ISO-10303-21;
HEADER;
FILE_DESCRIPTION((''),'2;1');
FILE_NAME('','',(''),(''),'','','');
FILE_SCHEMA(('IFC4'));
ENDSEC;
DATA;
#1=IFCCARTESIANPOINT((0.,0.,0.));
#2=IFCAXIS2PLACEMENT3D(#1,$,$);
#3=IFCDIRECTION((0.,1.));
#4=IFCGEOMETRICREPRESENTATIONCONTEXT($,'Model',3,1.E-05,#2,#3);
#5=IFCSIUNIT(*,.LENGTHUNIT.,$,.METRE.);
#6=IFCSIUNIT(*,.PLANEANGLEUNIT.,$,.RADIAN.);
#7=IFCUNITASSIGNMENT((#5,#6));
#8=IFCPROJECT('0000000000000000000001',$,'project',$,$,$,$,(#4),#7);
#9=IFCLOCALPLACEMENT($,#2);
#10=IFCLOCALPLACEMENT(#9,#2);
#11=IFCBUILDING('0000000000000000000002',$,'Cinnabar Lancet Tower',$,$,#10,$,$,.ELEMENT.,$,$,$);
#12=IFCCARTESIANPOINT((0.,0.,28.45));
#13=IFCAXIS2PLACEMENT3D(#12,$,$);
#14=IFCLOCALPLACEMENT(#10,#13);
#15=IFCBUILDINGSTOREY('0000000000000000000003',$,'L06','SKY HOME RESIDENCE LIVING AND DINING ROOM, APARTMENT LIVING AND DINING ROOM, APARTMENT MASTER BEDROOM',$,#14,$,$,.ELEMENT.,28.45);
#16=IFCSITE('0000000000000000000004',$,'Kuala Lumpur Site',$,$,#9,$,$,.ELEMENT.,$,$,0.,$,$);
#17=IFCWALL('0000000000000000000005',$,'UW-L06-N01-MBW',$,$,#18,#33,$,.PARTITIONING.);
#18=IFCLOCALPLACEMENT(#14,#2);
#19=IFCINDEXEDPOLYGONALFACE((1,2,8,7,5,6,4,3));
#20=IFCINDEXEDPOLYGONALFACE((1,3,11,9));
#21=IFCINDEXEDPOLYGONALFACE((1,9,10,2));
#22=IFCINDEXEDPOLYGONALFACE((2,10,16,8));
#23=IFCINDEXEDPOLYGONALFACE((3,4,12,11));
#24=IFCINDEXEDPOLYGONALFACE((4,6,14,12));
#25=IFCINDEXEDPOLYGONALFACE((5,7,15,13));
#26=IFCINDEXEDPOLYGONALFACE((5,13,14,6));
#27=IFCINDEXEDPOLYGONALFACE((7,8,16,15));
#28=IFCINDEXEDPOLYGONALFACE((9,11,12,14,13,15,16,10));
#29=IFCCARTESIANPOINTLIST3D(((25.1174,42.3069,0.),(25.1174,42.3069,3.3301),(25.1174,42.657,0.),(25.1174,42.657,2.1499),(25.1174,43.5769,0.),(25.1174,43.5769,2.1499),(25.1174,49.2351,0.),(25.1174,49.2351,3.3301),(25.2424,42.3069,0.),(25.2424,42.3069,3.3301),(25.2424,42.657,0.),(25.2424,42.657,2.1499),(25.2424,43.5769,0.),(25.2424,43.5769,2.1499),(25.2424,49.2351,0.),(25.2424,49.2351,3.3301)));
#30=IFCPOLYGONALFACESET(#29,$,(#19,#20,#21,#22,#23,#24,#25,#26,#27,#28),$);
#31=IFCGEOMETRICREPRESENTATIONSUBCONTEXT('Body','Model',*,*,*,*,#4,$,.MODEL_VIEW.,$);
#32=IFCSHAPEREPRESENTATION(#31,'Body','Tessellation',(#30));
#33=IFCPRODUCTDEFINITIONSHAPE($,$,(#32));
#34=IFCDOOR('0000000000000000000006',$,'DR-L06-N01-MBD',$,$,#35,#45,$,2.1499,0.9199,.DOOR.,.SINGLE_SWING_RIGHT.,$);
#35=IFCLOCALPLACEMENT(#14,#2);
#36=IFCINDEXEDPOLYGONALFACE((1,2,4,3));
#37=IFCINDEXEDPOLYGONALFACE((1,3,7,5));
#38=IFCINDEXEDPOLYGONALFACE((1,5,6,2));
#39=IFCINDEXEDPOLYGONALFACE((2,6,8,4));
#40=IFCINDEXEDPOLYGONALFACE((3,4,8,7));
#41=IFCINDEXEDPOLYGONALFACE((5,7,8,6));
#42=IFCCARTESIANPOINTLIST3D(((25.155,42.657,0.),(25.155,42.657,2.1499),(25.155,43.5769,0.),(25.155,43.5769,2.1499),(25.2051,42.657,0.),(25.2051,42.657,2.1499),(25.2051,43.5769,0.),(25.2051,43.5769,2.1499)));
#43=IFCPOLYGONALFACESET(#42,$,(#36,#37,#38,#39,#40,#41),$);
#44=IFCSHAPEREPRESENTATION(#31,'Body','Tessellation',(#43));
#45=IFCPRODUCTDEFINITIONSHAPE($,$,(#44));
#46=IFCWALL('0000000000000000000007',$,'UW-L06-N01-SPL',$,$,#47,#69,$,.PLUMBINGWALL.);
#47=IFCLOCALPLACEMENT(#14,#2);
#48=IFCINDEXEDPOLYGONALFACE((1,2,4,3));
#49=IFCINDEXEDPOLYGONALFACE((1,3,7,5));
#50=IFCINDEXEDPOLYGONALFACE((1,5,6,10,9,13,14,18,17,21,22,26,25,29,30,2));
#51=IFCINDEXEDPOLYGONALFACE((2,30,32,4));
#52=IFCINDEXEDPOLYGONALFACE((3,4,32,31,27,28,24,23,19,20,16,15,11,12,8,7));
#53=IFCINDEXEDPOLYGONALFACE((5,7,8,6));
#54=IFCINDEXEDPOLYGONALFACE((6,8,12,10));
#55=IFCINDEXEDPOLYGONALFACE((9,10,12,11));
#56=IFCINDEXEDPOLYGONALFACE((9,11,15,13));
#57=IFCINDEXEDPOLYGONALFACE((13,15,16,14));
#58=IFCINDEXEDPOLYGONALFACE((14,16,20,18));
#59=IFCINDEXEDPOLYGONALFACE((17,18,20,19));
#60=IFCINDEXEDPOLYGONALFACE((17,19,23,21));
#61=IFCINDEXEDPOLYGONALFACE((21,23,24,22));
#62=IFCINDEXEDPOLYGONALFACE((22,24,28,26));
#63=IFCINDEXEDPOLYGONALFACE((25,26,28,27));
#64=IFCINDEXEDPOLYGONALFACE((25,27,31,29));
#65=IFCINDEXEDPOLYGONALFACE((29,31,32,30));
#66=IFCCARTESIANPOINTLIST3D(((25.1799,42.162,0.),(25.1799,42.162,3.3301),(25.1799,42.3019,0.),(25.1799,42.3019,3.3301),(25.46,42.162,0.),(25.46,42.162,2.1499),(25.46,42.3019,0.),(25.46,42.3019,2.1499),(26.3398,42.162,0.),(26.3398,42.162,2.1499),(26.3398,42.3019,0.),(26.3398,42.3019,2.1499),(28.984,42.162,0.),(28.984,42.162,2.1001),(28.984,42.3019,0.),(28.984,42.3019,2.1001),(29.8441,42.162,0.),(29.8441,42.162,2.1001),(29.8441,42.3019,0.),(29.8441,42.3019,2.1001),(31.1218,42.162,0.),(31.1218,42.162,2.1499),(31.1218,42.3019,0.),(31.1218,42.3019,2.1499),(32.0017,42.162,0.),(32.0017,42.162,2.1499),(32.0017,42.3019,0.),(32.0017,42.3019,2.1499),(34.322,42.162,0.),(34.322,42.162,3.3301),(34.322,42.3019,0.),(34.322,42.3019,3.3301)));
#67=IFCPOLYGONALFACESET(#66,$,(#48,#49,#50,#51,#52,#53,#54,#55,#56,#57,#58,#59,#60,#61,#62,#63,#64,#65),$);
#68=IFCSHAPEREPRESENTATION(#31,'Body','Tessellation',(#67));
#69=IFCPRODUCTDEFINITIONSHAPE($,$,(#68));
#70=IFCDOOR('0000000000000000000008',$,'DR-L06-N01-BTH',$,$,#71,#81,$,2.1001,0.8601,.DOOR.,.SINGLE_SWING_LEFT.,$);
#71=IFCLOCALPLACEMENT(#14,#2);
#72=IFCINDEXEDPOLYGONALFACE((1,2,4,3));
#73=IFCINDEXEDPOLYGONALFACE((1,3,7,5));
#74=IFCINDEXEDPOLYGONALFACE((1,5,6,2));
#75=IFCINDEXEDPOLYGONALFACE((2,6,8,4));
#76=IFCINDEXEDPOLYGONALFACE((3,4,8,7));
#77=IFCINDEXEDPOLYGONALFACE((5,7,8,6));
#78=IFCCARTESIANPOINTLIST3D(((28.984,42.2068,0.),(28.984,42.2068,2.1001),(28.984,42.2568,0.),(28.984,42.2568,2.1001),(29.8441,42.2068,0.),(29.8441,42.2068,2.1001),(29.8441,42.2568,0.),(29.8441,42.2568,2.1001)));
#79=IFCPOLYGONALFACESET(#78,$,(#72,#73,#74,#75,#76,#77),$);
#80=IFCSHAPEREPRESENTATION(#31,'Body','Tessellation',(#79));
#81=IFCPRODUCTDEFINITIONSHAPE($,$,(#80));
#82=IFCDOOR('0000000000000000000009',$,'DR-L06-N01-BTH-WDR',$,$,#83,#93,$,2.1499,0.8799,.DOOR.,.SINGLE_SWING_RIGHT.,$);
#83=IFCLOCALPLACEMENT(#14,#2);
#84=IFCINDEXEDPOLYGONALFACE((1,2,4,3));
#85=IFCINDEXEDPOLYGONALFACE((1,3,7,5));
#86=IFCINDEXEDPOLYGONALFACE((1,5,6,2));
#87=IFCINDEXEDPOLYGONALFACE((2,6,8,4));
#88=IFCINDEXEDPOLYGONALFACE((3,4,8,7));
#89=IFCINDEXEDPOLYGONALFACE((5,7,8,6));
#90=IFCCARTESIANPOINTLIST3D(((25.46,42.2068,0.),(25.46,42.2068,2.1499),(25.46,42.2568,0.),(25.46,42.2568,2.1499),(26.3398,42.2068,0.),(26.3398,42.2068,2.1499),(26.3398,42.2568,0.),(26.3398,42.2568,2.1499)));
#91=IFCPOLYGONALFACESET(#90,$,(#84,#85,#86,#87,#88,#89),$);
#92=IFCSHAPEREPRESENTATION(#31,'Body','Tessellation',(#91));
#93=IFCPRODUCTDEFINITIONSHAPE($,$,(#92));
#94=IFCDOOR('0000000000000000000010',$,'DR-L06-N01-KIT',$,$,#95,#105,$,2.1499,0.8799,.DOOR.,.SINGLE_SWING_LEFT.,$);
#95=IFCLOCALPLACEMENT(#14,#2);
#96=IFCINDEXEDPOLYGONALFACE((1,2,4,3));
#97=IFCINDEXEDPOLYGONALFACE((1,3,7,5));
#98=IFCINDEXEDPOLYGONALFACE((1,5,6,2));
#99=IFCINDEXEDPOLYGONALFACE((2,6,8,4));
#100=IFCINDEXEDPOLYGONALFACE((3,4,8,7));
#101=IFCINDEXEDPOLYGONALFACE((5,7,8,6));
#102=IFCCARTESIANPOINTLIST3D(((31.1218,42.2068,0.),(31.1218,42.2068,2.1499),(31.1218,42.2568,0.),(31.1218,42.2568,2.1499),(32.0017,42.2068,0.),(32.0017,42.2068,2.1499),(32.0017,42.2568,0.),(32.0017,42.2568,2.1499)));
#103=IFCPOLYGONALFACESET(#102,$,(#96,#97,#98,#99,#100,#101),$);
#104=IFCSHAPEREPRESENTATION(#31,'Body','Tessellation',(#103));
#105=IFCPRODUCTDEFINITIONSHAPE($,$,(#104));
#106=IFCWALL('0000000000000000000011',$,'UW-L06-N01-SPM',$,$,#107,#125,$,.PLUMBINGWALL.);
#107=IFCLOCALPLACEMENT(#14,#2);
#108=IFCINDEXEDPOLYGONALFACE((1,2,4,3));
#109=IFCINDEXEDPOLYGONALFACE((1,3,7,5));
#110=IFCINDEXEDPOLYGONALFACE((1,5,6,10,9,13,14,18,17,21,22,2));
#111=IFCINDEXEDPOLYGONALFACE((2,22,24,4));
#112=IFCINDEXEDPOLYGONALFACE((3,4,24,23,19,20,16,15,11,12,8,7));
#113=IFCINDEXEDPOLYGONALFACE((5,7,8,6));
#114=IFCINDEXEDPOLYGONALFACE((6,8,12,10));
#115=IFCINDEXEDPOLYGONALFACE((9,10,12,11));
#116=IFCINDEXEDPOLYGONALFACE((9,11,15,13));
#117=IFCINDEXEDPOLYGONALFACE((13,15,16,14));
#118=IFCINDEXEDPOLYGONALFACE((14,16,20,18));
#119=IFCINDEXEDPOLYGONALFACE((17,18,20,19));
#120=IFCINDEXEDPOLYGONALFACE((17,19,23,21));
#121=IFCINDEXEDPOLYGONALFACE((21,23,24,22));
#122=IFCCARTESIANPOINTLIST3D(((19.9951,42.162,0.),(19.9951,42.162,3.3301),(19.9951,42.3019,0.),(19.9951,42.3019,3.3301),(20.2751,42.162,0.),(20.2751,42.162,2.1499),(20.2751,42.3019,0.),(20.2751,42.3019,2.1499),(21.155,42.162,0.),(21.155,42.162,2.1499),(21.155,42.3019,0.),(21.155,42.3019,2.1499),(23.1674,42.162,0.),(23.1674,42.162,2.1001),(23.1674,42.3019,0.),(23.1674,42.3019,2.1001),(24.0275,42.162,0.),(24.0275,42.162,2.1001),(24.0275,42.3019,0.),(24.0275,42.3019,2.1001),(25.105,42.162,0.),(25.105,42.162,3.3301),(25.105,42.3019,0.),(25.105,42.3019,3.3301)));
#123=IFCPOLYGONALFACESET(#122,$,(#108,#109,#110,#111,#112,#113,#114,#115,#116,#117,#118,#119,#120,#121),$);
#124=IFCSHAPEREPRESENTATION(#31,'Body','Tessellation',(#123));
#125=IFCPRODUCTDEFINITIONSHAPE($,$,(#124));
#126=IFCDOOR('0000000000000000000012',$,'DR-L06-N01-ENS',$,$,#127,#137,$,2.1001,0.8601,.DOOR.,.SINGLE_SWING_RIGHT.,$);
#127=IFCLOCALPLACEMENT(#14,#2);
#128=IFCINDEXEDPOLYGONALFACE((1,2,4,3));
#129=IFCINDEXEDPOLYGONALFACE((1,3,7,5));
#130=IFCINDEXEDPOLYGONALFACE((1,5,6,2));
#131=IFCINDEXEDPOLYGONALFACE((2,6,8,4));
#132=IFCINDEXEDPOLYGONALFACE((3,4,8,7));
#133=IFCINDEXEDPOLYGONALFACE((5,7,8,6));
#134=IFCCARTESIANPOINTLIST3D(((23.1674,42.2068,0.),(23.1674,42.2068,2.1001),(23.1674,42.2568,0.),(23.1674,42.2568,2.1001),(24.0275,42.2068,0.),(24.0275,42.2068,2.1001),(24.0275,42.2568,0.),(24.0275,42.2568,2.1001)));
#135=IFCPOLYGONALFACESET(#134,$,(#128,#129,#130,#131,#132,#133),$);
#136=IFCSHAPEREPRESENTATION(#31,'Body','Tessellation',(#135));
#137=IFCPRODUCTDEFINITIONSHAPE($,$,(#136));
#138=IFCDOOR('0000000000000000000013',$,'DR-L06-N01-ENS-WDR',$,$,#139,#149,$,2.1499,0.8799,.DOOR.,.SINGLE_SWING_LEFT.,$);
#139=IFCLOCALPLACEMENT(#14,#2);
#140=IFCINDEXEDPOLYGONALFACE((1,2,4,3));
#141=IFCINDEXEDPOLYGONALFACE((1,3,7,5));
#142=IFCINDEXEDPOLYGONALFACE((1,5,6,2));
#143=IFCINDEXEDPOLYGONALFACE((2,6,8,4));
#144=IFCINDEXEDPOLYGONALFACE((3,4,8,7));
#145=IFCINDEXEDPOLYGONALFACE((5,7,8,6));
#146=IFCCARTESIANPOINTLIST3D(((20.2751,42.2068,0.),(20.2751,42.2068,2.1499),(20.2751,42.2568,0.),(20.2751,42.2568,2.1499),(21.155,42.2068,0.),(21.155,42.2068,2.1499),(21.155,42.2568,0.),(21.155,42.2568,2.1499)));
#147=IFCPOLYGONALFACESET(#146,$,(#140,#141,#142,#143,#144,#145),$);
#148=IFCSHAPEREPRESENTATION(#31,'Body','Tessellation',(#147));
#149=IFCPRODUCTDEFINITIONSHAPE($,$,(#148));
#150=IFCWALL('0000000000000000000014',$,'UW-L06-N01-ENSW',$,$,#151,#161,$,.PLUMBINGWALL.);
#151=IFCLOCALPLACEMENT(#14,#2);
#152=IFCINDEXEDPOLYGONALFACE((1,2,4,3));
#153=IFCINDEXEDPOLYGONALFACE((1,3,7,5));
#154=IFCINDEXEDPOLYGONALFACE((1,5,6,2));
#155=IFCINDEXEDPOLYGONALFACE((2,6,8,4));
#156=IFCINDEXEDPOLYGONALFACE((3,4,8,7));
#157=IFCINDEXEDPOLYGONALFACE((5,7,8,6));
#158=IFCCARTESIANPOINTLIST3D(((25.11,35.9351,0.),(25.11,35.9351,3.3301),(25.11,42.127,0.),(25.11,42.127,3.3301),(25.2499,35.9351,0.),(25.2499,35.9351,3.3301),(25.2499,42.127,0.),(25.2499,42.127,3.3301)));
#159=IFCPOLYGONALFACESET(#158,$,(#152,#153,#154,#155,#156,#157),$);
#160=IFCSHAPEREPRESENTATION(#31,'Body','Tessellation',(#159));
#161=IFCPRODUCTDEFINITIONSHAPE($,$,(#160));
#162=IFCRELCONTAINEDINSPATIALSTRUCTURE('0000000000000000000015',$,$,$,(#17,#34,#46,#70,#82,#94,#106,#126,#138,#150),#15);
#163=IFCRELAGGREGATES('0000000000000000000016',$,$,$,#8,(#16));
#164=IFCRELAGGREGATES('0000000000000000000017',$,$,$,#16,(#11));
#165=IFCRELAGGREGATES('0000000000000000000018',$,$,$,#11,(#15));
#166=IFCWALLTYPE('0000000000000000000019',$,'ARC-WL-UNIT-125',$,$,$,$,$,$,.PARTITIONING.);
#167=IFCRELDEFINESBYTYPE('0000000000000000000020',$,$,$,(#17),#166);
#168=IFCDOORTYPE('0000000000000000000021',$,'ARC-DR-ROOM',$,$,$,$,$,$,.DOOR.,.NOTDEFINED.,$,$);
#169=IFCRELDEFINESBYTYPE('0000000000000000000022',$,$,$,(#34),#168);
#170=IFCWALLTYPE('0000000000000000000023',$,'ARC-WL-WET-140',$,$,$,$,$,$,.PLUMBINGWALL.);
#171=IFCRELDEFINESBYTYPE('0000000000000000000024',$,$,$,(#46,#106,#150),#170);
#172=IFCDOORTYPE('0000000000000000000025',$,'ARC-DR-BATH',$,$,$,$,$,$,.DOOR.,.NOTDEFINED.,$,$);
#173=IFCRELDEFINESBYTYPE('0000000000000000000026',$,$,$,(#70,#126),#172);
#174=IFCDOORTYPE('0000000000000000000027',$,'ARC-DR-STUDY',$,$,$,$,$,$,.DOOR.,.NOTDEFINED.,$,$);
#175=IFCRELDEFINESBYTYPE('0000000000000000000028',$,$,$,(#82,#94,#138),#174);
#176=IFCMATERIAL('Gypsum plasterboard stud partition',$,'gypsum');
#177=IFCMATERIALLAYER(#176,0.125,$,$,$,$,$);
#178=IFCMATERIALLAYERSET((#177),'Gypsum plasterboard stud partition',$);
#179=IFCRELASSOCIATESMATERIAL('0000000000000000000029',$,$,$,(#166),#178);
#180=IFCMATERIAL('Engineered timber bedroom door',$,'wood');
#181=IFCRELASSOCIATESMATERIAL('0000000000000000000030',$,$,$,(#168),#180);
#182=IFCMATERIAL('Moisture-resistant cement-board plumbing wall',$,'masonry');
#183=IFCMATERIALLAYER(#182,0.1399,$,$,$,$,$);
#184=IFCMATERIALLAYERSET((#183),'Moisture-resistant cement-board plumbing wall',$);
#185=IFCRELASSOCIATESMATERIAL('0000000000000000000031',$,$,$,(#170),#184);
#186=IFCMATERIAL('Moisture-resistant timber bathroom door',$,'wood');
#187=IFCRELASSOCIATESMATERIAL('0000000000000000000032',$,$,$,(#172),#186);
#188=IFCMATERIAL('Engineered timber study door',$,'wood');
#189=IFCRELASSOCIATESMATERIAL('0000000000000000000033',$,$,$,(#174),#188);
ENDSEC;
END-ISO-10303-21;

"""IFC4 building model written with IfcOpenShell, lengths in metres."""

from ifc_helpers import new_model, si_unit, direction, frame, frame_2d, origin, place, context, subcontext, project, spatial, rectangle, extrude, material, layer, layer_set, type_object, element, fill, save


model = new_model("IFC4")

# Units and contexts
model_context = context("Model", 3, precision=1e-05, world=origin(), true_north=direction((0.0, 1.0)))
body_context = subcontext(model_context, "Body", "Model", "MODEL_VIEW")
ifc_project = project(units=[si_unit("LENGTHUNIT", "METRE"), si_unit("PLANEANGLEUNIT", "RADIAN")], contexts=[model_context])

# Site, building, storey
site_placement = place(None, origin())
site = spatial("IfcSite", under=ifc_project, at=site_placement, Name="Kuala Lumpur Site", CompositionType="ELEMENT", RefElevation=0.0)
building_placement = place(site_placement, origin())
building = spatial("IfcBuilding", under=site, at=building_placement, Name="Cinnabar Lancet Tower", CompositionType="ELEMENT")
storey_placement = place(building_placement, frame((0.0, 0.0, 28.45)))
storey = spatial("IfcBuildingStorey", under=building, at=storey_placement, Name="L06", Description="SKY HOME RESIDENCE LIVING AND DINING ROOM, APARTMENT LIVING AND DINING ROOM, APARTMENT MASTER BEDROOM", CompositionType="ELEMENT", Elevation=28.45)

# Wall, opening, door
ifc_material_1 = material(Name="Gypsum plasterboard stud partition", Category="gypsum")
ifc_layer_1 = layer(ifc_material_1, 0.125)
ifc_layer_set_1 = layer_set([ifc_layer_1], Name="Gypsum plasterboard stud partition")
wall_type_1 = type_object("IfcWallType", Name="ARC-WL-UNIT-125", PredefinedType="PARTITIONING", material=ifc_layer_set_1)
wall_1_placement = place(storey_placement, frame((25.1799, 42.3069, 0.0), z_axis=(0.0, 0.0, 1.0), x_axis=(0.0, 1.0, 0.0)))
wall_1 = element("IfcWall", 1, at=wall_1_placement, inside=storey, type_object=wall_type_1, Name="UW-L06-N01-MBW", PredefinedType="PARTITIONING", context=body_context, shape_type="SweptSolid", body=[
    extrude(rectangle(XDim=6.9282, YDim=0.125, at=frame_2d((3.4641, 0.0))), origin(), (0.0, 0.0, 1.0), 3.3301),
])
opening_1_placement = place(wall_1_placement, frame((0.3501, 0.0, 0.0)))
opening_1 = element("IfcOpeningElement", 2, at=opening_1_placement, cuts=wall_1, PredefinedType="OPENING", context=body_context, shape_type="SweptSolid", body=[
    extrude(rectangle(XDim=0.9199, YDim=2.1499, at=frame_2d((0.46, 1.075))), frame((0.0, 0.0725, 0.0), z_axis=(0.0, -1.0, 0.0), x_axis=(1.0, 0.0, 0.0)), (0.0, 0.0, 1.0), 0.145),
])
ifc_material_2 = material(Name="Engineered timber bedroom door", Category="wood")
door_type_1 = type_object("IfcDoorType", Name="ARC-DR-ROOM", OperationType="NOTDEFINED", PredefinedType="DOOR", material=ifc_material_2)
door_1_placement = place(opening_1_placement, origin())
door_1 = element("IfcDoor", 3, at=door_1_placement, inside=storey, type_object=door_type_1, Name="DR-L06-N01-MBD", OperationType="SINGLE_SWING_RIGHT", OverallHeight=2.1499, OverallWidth=0.9199, PredefinedType="DOOR", context=body_context, shape_type="SweptSolid", body=[
    extrude(rectangle(XDim=0.9199, YDim=2.1499, at=frame_2d((0.46, 1.075))), frame((0.0, 0.0249, 0.0), z_axis=(0.0, -1.0, 0.0), x_axis=(1.0, 0.0, 0.0)), (0.0, 0.0, 1.0), 0.05),
])
fill(opening_1, door_1)

# Walls, openings, doors
ifc_material_3 = material(Name="Moisture-resistant cement-board plumbing wall", Category="masonry")
ifc_layer_2 = layer(ifc_material_3, 0.1399)
ifc_layer_set_2 = layer_set([ifc_layer_2], Name="Moisture-resistant cement-board plumbing wall")
wall_type_2 = type_object("IfcWallType", Name="ARC-WL-WET-140", PredefinedType="PLUMBINGWALL", material=ifc_layer_set_2)
wall_2_placement = place(storey_placement, frame((25.1799, 42.2319, 0.0), z_axis=(0.0, 0.0, 1.0), x_axis=(1.0, 0.0, 0.0)))
wall_2 = element("IfcWall", 4, at=wall_2_placement, inside=storey, type_object=wall_type_2, Name="UW-L06-N01-SPL", PredefinedType="PLUMBINGWALL", context=body_context, shape_type="SweptSolid", body=[
    extrude(rectangle(XDim=9.1421, YDim=0.1399, at=frame_2d((4.571, 0.0))), origin(), (0.0, 0.0, 1.0), 3.3301),
])
opening_2_placement = place(wall_2_placement, frame((0.28, 0.0, 0.0)))
opening_2 = element("IfcOpeningElement", 5, at=opening_2_placement, cuts=wall_2, PredefinedType="OPENING", context=body_context, shape_type="SweptSolid", body=[
    extrude(rectangle(XDim=0.8799, YDim=2.1499, at=frame_2d((0.4399, 1.075))), frame((0.0, 0.0798, 0.0), z_axis=(0.0, -1.0, 0.0), x_axis=(1.0, 0.0, 0.0)), (0.0, 0.0, 1.0), 0.1599),
])
opening_3_placement = place(wall_2_placement, frame((3.804, 0.0, 0.0)))
opening_3 = element("IfcOpeningElement", 6, at=opening_3_placement, cuts=wall_2, PredefinedType="OPENING", context=body_context, shape_type="SweptSolid", body=[
    extrude(rectangle(XDim=0.8601, YDim=2.1001, at=frame_2d((0.4302, 1.05))), frame((0.0, 0.0798, 0.0), z_axis=(0.0, -1.0, 0.0), x_axis=(1.0, 0.0, 0.0)), (0.0, 0.0, 1.0), 0.1599),
])
opening_4_placement = place(wall_2_placement, frame((5.9419, 0.0, 0.0)))
opening_4 = element("IfcOpeningElement", 7, at=opening_4_placement, cuts=wall_2, PredefinedType="OPENING", context=body_context, shape_type="SweptSolid", body=[
    extrude(rectangle(XDim=0.8799, YDim=2.1499, at=frame_2d((0.4399, 1.075))), frame((0.0, 0.0798, 0.0), z_axis=(0.0, -1.0, 0.0), x_axis=(1.0, 0.0, 0.0)), (0.0, 0.0, 1.0), 0.1599),
])
ifc_material_4 = material(Name="Moisture-resistant timber bathroom door", Category="wood")
door_type_2 = type_object("IfcDoorType", Name="ARC-DR-BATH", OperationType="NOTDEFINED", PredefinedType="DOOR", material=ifc_material_4)
door_2_placement = place(opening_3_placement, origin())
door_2 = element("IfcDoor", 8, at=door_2_placement, inside=storey, type_object=door_type_2, Name="DR-L06-N01-BTH", OperationType="SINGLE_SWING_LEFT", OverallHeight=2.1001, OverallWidth=0.8601, PredefinedType="DOOR", context=body_context, shape_type="SweptSolid", body=[
    extrude(rectangle(XDim=0.8601, YDim=2.1001, at=frame_2d((0.4302, 1.05))), frame((0.0, 0.0249, 0.0), z_axis=(0.0, -1.0, 0.0), x_axis=(1.0, 0.0, 0.0)), (0.0, 0.0, 1.0), 0.05),
])
fill(opening_3, door_2)
ifc_material_5 = material(Name="Engineered timber study door", Category="wood")
door_type_3 = type_object("IfcDoorType", Name="ARC-DR-STUDY", OperationType="NOTDEFINED", PredefinedType="DOOR", material=ifc_material_5)
door_3_placement = place(opening_2_placement, origin())
door_3 = element("IfcDoor", 9, at=door_3_placement, inside=storey, type_object=door_type_3, Name="DR-L06-N01-BTH-WDR", OperationType="SINGLE_SWING_RIGHT", OverallHeight=2.1499, OverallWidth=0.8799, PredefinedType="DOOR", context=body_context, shape_type="SweptSolid", body=[
    extrude(rectangle(XDim=0.8799, YDim=2.1499, at=frame_2d((0.4399, 1.075))), frame((0.0, 0.0249, 0.0), z_axis=(0.0, -1.0, 0.0), x_axis=(1.0, 0.0, 0.0)), (0.0, 0.0, 1.0), 0.05),
])
fill(opening_2, door_3)
door_4_placement = place(opening_4_placement, origin())
door_4 = element("IfcDoor", 10, at=door_4_placement, inside=storey, type_object=door_type_3, Name="DR-L06-N01-KIT", OperationType="SINGLE_SWING_LEFT", OverallHeight=2.1499, OverallWidth=0.8799, PredefinedType="DOOR", context=body_context, shape_type="SweptSolid", body=[
    extrude(rectangle(XDim=0.8799, YDim=2.1499, at=frame_2d((0.4399, 1.075))), frame((0.0, 0.0249, 0.0), z_axis=(0.0, -1.0, 0.0), x_axis=(1.0, 0.0, 0.0)), (0.0, 0.0, 1.0), 0.05),
])
fill(opening_4, door_4)
wall_3_placement = place(storey_placement, frame((19.9951, 42.2319, 0.0), z_axis=(0.0, 0.0, 1.0), x_axis=(1.0, 0.0, 0.0)))
wall_3 = element("IfcWall", 11, at=wall_3_placement, inside=storey, type_object=wall_type_2, Name="UW-L06-N01-SPM", PredefinedType="PLUMBINGWALL", context=body_context, shape_type="SweptSolid", body=[
    extrude(rectangle(XDim=5.1099, YDim=0.1399, at=frame_2d((2.5549, 0.0))), origin(), (0.0, 0.0, 1.0), 3.3301),
])
opening_5_placement = place(wall_3_placement, frame((0.28, 0.0, 0.0)))
opening_5 = element("IfcOpeningElement", 12, at=opening_5_placement, cuts=wall_3, PredefinedType="OPENING", context=body_context, shape_type="SweptSolid", body=[
    extrude(rectangle(XDim=0.8799, YDim=2.1499, at=frame_2d((0.4399, 1.075))), frame((0.0, 0.0798, 0.0), z_axis=(0.0, -1.0, 0.0), x_axis=(1.0, 0.0, 0.0)), (0.0, 0.0, 1.0), 0.1599),
])
opening_6_placement = place(wall_3_placement, frame((3.1721, 0.0, 0.0)))
opening_6 = element("IfcOpeningElement", 13, at=opening_6_placement, cuts=wall_3, PredefinedType="OPENING", context=body_context, shape_type="SweptSolid", body=[
    extrude(rectangle(XDim=0.8601, YDim=2.1001, at=frame_2d((0.4302, 1.05))), frame((0.0, 0.0798, 0.0), z_axis=(0.0, -1.0, 0.0), x_axis=(1.0, 0.0, 0.0)), (0.0, 0.0, 1.0), 0.1599),
])
door_5_placement = place(opening_6_placement, origin())
door_5 = element("IfcDoor", 14, at=door_5_placement, inside=storey, type_object=door_type_2, Name="DR-L06-N01-ENS", OperationType="SINGLE_SWING_RIGHT", OverallHeight=2.1001, OverallWidth=0.8601, PredefinedType="DOOR", context=body_context, shape_type="SweptSolid", body=[
    extrude(rectangle(XDim=0.8601, YDim=2.1001, at=frame_2d((0.4302, 1.05))), frame((0.0, 0.0249, 0.0), z_axis=(0.0, -1.0, 0.0), x_axis=(1.0, 0.0, 0.0)), (0.0, 0.0, 1.0), 0.05),
])
fill(opening_6, door_5)
door_6_placement = place(opening_5_placement, origin())
door_6 = element("IfcDoor", 15, at=door_6_placement, inside=storey, type_object=door_type_3, Name="DR-L06-N01-ENS-WDR", OperationType="SINGLE_SWING_LEFT", OverallHeight=2.1499, OverallWidth=0.8799, PredefinedType="DOOR", context=body_context, shape_type="SweptSolid", body=[
    extrude(rectangle(XDim=0.8799, YDim=2.1499, at=frame_2d((0.4399, 1.075))), frame((0.0, 0.0249, 0.0), z_axis=(0.0, -1.0, 0.0), x_axis=(1.0, 0.0, 0.0)), (0.0, 0.0, 1.0), 0.05),
])
fill(opening_5, door_6)

# Wall
wall_4_placement = place(storey_placement, frame((25.1799, 35.9351, 0.0), z_axis=(0.0, 0.0, 1.0), x_axis=(0.0, 1.0, 0.0)))
element("IfcWall", 16, at=wall_4_placement, inside=storey, type_object=wall_type_2, Name="UW-L06-N01-ENSW", PredefinedType="PLUMBINGWALL", context=body_context, shape_type="SweptSolid", body=[
    extrude(rectangle(XDim=6.1919, YDim=0.1399, at=frame_2d((3.0959, 0.0))), origin(), (0.0, 0.0, 1.0), 3.3301),
])

save(model, "model.ifc")
